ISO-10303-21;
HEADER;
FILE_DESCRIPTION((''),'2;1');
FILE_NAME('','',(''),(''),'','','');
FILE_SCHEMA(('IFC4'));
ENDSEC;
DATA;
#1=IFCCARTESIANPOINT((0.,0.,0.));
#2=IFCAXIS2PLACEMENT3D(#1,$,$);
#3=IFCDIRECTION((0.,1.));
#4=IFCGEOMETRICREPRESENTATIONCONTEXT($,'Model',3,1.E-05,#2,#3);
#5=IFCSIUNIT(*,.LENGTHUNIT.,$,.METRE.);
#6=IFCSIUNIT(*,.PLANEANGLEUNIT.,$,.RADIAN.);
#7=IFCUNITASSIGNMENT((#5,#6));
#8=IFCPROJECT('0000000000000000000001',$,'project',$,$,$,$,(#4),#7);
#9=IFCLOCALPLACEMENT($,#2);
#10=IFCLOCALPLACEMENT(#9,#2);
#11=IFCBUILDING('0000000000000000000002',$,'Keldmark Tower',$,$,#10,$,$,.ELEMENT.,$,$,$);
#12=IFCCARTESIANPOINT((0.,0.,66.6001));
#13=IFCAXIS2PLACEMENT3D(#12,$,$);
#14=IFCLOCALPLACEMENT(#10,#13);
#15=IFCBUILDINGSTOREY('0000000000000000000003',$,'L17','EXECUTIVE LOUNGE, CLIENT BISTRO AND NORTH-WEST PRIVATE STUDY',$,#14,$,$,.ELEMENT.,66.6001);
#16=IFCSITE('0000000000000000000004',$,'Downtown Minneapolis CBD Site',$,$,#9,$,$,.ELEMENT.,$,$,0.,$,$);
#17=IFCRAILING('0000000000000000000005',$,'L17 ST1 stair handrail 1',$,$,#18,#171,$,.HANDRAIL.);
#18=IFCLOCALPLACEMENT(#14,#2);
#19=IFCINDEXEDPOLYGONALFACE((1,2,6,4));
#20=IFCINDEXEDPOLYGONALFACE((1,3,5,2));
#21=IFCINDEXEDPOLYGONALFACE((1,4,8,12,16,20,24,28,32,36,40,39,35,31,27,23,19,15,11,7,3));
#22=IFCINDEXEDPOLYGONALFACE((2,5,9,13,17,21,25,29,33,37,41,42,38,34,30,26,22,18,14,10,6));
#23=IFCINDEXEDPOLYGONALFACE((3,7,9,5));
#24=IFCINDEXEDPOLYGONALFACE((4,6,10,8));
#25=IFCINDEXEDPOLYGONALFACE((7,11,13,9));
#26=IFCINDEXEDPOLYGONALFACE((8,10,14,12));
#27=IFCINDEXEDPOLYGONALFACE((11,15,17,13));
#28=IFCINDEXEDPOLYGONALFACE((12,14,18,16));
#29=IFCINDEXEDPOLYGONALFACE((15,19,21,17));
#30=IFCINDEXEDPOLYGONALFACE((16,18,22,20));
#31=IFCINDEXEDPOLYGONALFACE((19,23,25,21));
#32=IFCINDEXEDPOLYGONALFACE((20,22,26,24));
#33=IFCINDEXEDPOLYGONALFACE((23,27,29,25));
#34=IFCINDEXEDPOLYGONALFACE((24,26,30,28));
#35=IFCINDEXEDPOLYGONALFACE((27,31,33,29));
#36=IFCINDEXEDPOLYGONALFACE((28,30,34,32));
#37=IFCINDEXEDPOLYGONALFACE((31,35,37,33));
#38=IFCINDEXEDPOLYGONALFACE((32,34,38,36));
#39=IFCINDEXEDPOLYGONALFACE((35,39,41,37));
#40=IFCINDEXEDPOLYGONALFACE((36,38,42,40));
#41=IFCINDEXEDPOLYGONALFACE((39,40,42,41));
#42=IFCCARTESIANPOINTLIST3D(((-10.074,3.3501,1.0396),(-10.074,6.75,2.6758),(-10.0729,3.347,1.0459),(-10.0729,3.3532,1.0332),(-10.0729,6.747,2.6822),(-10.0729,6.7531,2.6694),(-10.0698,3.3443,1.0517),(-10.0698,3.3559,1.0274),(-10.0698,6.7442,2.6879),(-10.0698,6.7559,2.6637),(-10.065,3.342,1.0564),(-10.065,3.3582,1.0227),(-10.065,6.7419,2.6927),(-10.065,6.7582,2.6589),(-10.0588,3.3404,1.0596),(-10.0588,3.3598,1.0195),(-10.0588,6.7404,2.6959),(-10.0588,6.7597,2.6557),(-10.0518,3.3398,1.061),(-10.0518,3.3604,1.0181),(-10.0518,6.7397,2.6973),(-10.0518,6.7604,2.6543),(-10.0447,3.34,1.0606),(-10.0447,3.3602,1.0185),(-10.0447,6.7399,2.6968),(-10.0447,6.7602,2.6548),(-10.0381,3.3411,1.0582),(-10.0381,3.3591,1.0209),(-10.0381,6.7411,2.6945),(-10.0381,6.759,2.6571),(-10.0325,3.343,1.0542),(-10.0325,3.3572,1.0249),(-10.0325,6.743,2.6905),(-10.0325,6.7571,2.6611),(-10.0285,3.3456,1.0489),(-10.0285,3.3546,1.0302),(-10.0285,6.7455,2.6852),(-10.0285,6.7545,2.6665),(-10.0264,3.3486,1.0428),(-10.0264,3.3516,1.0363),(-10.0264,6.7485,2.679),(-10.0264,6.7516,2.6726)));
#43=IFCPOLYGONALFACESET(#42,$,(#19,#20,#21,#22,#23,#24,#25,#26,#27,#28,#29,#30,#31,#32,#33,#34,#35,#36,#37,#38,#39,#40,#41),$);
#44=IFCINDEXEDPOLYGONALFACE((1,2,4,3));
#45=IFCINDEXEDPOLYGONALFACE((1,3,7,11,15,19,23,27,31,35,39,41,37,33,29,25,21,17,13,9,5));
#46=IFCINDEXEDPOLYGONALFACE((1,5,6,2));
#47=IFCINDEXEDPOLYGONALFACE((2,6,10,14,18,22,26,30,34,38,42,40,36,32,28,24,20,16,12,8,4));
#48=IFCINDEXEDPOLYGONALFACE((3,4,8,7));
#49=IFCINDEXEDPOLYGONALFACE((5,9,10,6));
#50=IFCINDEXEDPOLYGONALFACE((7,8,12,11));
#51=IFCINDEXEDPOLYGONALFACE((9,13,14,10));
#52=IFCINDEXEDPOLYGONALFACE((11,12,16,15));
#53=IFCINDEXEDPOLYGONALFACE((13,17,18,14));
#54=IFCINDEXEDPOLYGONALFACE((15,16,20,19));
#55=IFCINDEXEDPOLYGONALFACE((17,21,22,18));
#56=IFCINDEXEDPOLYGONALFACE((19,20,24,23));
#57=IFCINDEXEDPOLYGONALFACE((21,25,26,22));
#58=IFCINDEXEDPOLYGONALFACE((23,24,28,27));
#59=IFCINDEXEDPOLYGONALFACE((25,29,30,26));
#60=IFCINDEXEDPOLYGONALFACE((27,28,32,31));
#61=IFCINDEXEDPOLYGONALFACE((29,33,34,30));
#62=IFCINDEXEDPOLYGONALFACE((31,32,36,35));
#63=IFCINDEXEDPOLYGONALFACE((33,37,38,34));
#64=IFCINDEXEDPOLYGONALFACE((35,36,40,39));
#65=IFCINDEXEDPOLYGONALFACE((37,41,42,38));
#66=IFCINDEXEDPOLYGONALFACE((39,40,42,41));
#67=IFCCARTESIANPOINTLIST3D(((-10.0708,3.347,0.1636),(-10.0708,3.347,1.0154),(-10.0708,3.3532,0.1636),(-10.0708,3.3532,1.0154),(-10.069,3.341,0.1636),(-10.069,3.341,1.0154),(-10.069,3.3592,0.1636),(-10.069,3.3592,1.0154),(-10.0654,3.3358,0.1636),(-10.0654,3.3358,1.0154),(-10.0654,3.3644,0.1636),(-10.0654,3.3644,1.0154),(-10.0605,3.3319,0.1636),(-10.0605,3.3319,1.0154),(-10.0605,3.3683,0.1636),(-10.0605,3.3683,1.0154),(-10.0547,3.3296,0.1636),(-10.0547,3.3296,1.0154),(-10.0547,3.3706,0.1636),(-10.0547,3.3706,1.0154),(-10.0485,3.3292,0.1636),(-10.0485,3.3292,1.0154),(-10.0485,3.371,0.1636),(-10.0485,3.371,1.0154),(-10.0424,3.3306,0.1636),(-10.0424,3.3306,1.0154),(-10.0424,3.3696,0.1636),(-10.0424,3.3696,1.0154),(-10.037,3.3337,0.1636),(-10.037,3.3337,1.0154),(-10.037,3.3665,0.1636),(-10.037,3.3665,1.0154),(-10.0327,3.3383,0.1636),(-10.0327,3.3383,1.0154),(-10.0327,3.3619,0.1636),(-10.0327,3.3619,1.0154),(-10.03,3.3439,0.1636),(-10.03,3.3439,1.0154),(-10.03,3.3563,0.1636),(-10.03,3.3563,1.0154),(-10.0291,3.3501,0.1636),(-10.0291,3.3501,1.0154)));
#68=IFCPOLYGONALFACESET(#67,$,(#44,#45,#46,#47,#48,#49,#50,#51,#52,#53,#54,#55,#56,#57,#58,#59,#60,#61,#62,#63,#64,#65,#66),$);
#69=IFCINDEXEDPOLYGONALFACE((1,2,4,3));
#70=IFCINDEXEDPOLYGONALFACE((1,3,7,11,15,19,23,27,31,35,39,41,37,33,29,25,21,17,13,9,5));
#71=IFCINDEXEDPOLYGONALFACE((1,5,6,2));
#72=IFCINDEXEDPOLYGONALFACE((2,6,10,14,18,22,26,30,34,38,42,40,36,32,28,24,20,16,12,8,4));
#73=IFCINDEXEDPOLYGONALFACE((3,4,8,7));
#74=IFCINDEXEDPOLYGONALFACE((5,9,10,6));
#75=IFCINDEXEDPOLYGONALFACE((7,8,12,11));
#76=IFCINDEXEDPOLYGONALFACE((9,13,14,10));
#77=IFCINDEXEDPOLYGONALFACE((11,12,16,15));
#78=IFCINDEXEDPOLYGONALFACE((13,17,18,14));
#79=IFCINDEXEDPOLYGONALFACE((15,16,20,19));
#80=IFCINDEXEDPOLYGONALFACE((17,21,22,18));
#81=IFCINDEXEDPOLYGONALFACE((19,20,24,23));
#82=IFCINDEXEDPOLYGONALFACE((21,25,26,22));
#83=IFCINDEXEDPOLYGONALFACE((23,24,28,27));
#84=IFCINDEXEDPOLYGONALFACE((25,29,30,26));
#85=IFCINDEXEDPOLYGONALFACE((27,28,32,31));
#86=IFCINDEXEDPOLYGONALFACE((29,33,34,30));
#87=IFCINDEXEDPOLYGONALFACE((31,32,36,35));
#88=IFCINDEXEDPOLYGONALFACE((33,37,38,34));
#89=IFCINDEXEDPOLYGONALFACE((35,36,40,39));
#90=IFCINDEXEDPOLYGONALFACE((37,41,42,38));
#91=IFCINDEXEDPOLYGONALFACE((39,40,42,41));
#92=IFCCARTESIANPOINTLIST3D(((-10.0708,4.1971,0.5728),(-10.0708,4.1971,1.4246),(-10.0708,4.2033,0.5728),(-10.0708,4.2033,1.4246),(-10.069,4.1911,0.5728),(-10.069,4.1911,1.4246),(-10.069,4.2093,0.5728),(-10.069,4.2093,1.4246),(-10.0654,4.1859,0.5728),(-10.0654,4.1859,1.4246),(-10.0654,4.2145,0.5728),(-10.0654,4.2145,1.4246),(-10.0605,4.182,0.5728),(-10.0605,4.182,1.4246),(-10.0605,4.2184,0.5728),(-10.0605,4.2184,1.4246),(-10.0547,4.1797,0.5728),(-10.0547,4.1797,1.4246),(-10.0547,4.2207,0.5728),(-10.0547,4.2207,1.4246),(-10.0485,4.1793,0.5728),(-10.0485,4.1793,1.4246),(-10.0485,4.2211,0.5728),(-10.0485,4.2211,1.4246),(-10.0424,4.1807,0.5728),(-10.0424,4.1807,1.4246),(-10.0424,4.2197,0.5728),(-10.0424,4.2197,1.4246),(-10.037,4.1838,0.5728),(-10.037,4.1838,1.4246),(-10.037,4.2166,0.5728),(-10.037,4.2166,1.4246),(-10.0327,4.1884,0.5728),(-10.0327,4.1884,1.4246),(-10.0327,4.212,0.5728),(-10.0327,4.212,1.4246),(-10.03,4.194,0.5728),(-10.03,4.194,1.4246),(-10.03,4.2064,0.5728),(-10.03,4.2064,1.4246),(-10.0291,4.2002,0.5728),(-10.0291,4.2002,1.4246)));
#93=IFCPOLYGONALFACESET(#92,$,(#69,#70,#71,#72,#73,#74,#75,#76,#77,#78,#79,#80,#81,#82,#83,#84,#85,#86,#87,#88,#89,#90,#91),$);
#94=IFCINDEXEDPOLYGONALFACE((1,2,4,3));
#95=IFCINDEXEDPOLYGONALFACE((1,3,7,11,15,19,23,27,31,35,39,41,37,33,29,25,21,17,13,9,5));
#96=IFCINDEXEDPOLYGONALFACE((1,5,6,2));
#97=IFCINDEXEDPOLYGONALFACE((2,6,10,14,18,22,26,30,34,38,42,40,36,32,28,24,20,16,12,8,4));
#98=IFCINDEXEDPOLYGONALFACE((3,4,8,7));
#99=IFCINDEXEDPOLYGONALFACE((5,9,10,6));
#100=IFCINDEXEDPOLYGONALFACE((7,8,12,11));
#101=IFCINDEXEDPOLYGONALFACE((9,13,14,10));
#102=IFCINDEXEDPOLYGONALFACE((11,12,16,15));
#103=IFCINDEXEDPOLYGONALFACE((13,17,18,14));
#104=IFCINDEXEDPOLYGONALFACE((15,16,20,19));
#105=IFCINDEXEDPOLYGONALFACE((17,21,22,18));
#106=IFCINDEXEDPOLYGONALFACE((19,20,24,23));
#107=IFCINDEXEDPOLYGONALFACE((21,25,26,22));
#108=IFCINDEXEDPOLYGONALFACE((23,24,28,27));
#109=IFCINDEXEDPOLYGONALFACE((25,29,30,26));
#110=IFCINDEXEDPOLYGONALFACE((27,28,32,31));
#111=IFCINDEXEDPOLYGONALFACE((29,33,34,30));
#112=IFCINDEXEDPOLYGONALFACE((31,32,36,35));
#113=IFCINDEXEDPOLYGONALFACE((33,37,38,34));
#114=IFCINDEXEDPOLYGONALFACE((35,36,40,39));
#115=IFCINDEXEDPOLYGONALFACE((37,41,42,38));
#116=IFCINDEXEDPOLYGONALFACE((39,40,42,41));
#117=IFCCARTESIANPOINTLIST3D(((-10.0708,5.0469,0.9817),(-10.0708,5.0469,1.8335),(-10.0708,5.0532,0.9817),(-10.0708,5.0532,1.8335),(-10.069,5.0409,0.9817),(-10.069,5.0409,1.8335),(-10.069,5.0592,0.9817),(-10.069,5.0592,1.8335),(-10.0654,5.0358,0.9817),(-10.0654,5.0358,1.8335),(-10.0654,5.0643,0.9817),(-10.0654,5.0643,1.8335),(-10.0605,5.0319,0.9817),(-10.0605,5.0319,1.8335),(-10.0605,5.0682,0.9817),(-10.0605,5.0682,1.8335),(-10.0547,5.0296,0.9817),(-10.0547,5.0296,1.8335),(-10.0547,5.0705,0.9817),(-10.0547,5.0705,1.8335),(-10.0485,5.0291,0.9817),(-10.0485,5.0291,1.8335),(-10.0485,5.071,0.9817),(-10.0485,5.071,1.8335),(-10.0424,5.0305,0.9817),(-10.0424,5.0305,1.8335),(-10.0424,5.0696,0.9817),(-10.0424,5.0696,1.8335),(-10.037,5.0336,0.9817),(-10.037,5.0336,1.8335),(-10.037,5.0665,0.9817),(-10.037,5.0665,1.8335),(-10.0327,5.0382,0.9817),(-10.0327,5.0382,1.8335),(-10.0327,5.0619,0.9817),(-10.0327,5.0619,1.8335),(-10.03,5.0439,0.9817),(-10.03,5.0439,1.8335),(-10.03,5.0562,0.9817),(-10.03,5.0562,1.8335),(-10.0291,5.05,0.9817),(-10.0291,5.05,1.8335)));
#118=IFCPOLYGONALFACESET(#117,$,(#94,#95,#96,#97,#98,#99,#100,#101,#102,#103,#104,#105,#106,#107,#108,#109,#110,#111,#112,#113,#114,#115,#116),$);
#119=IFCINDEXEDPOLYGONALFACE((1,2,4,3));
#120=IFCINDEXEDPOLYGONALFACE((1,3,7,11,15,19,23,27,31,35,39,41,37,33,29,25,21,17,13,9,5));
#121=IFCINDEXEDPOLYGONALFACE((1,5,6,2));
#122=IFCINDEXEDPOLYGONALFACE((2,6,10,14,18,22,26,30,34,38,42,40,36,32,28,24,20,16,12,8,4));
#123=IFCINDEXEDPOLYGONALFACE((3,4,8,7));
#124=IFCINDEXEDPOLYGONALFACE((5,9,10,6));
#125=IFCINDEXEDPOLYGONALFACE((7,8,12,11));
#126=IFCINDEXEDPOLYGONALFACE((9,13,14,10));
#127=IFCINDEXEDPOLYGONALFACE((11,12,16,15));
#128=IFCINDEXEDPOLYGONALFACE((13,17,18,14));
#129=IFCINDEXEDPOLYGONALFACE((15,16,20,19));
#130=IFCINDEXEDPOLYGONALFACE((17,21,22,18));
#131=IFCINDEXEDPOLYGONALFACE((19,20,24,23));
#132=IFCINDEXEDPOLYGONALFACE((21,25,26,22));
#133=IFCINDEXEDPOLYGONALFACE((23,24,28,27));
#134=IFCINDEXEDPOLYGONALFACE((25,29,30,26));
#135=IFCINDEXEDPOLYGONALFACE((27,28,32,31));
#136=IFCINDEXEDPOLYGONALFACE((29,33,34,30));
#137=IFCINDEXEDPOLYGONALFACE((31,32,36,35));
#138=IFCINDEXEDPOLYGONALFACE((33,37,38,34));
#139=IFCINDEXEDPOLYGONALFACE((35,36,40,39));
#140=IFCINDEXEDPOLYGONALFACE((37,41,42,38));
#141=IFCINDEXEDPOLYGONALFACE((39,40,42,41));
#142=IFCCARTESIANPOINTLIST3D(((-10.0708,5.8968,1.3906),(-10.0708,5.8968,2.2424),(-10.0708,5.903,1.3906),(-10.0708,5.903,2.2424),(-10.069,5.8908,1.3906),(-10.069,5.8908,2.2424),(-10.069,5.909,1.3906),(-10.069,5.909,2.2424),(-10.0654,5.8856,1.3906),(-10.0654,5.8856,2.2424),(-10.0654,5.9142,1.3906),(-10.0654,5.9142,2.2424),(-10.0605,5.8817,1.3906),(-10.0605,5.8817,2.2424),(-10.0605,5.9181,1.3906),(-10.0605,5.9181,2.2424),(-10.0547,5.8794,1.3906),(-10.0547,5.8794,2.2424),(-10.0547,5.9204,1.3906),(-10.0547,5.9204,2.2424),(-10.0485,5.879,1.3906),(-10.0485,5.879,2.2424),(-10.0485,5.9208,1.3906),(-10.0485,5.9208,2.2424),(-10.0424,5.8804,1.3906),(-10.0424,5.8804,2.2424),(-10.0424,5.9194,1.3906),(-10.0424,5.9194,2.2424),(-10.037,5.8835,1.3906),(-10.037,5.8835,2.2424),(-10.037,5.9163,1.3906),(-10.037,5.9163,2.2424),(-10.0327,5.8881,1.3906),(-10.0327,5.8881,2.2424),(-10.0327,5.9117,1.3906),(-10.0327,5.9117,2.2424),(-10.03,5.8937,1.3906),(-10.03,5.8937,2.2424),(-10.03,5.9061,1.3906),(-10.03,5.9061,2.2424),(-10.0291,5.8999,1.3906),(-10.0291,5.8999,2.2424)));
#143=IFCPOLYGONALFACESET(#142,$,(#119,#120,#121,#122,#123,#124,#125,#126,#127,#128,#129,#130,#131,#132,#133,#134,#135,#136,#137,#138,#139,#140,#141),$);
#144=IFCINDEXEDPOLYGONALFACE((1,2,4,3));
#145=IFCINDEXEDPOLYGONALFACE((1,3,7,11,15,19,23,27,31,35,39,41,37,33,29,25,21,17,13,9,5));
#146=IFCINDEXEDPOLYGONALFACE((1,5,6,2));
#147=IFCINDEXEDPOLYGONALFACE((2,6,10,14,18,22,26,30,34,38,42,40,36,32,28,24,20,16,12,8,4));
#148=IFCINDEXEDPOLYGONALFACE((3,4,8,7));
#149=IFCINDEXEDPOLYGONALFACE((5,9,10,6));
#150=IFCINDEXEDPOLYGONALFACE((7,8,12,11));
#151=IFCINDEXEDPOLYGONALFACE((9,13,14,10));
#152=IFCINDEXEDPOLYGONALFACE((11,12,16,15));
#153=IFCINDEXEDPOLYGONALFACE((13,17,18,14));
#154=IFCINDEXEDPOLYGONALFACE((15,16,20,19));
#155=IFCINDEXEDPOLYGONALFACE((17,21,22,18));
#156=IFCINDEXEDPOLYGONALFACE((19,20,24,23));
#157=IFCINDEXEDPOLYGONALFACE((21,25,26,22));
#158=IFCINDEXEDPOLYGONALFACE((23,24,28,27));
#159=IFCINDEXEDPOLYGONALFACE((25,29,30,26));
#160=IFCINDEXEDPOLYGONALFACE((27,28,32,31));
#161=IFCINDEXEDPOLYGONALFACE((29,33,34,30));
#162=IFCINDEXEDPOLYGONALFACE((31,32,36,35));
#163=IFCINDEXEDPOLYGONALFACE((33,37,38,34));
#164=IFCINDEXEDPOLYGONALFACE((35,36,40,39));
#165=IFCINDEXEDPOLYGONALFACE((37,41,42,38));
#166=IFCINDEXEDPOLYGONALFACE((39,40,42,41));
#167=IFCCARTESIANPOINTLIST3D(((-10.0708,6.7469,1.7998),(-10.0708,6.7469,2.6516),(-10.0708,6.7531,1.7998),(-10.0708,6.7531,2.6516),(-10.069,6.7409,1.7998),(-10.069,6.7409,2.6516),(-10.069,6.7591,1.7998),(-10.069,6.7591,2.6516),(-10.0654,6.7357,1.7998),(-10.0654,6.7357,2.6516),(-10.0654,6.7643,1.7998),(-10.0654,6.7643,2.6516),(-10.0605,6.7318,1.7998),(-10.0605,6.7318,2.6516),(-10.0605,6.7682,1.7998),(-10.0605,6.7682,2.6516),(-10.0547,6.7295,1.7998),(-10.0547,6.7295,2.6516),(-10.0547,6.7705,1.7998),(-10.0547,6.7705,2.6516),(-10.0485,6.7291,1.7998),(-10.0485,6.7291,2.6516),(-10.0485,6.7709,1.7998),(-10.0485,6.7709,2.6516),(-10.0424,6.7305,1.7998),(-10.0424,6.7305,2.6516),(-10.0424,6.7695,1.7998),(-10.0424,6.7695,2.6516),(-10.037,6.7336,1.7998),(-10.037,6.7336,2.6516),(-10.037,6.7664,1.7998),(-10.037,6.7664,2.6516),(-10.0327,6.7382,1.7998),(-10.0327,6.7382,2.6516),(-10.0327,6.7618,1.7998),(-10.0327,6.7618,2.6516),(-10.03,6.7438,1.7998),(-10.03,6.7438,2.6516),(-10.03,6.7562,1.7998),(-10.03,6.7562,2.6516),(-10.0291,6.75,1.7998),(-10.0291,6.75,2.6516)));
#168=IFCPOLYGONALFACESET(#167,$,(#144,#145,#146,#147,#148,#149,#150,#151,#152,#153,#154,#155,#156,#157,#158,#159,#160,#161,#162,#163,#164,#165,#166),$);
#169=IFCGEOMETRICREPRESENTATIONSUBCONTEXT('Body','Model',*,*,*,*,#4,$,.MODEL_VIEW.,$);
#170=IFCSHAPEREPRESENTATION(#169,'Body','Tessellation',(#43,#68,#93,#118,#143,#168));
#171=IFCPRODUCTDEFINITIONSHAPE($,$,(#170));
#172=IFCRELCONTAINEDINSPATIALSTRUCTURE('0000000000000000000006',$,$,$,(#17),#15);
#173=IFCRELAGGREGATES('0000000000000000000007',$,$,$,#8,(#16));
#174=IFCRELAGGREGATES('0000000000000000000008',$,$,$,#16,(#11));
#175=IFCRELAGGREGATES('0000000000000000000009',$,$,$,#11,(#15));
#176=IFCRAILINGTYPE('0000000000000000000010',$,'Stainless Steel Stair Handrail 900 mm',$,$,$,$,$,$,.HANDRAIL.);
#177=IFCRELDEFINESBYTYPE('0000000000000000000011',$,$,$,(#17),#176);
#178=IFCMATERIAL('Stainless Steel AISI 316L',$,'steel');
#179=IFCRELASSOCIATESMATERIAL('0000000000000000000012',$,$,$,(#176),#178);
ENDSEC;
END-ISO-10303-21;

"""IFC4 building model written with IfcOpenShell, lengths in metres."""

from ifc_helpers import new_model, si_unit, direction, frame, origin, origin_2d, place, context, subcontext, project, spatial, circle, extrude, material, type_object, element, save


model = new_model("IFC4")

# Units and contexts
model_context = context("Model", 3, precision=1e-05, world=origin(), true_north=direction((0.0, 1.0)))
body_context = subcontext(model_context, "Body", "Model", "MODEL_VIEW")
ifc_project = project(units=[si_unit("LENGTHUNIT", "METRE"), si_unit("PLANEANGLEUNIT", "RADIAN")], contexts=[model_context])

# Site, building, storey
site_placement = place(None, origin())
site = spatial("IfcSite", under=ifc_project, at=site_placement, Name="Downtown Minneapolis CBD Site", CompositionType="ELEMENT", RefElevation=0.0)
building_placement = place(site_placement, origin())
building = spatial("IfcBuilding", under=site, at=building_placement, Name="Keldmark Tower", CompositionType="ELEMENT")
storey_placement = place(building_placement, frame((0.0, 0.0, 66.6001)))
storey = spatial("IfcBuildingStorey", under=building, at=storey_placement, Name="L17", Description="EXECUTIVE LOUNGE, CLIENT BISTRO AND NORTH-WEST PRIVATE STUDY", CompositionType="ELEMENT", Elevation=66.6001)

# Railing
ifc_material_1 = material(Name="Stainless Steel AISI 316L", Category="steel")
railing_type_1 = type_object("IfcRailingType", Name="Stainless Steel Stair Handrail 900 mm", PredefinedType="HANDRAIL", material=ifc_material_1)
railing_1_placement = place(storey_placement, frame((-10.05, 3.3501, 0.1636)))
element("IfcRailing", 1, at=railing_1_placement, inside=storey, type_object=railing_type_1, Name="L17 ST1 stair handrail 1", PredefinedType="HANDRAIL", context=body_context, shape_type="SweptSolid", body=[
    extrude(circle(Radius=0.0239, at=origin_2d()), frame((0.0, 0.0, 0.876), z_axis=(0.0, 0.90108, 0.433652), x_axis=(-1.0, 0.0, 0.0)), (0.0, 0.0, 1.0), 3.7732),
    extrude(circle(Radius=0.021, at=origin_2d()), origin(), (0.0, 0.0, 1.0), 0.8518),
    extrude(circle(Radius=0.021, at=origin_2d()), frame((0.0, 0.8501, 0.4092)), (0.0, 0.0, 1.0), 0.8518),
    extrude(circle(Radius=0.021, at=origin_2d()), frame((0.0, 1.7, 0.8181)), (0.0, 0.0, 1.0), 0.8518),
    extrude(circle(Radius=0.021, at=origin_2d()), frame((0.0, 2.5498, 1.2271)), (0.0, 0.0, 1.0), 0.8518),
    extrude(circle(Radius=0.021, at=origin_2d()), frame((0.0, 3.3999, 1.6362)), (0.0, 0.0, 1.0), 0.8518),
])

save(model, "model.ifc")
